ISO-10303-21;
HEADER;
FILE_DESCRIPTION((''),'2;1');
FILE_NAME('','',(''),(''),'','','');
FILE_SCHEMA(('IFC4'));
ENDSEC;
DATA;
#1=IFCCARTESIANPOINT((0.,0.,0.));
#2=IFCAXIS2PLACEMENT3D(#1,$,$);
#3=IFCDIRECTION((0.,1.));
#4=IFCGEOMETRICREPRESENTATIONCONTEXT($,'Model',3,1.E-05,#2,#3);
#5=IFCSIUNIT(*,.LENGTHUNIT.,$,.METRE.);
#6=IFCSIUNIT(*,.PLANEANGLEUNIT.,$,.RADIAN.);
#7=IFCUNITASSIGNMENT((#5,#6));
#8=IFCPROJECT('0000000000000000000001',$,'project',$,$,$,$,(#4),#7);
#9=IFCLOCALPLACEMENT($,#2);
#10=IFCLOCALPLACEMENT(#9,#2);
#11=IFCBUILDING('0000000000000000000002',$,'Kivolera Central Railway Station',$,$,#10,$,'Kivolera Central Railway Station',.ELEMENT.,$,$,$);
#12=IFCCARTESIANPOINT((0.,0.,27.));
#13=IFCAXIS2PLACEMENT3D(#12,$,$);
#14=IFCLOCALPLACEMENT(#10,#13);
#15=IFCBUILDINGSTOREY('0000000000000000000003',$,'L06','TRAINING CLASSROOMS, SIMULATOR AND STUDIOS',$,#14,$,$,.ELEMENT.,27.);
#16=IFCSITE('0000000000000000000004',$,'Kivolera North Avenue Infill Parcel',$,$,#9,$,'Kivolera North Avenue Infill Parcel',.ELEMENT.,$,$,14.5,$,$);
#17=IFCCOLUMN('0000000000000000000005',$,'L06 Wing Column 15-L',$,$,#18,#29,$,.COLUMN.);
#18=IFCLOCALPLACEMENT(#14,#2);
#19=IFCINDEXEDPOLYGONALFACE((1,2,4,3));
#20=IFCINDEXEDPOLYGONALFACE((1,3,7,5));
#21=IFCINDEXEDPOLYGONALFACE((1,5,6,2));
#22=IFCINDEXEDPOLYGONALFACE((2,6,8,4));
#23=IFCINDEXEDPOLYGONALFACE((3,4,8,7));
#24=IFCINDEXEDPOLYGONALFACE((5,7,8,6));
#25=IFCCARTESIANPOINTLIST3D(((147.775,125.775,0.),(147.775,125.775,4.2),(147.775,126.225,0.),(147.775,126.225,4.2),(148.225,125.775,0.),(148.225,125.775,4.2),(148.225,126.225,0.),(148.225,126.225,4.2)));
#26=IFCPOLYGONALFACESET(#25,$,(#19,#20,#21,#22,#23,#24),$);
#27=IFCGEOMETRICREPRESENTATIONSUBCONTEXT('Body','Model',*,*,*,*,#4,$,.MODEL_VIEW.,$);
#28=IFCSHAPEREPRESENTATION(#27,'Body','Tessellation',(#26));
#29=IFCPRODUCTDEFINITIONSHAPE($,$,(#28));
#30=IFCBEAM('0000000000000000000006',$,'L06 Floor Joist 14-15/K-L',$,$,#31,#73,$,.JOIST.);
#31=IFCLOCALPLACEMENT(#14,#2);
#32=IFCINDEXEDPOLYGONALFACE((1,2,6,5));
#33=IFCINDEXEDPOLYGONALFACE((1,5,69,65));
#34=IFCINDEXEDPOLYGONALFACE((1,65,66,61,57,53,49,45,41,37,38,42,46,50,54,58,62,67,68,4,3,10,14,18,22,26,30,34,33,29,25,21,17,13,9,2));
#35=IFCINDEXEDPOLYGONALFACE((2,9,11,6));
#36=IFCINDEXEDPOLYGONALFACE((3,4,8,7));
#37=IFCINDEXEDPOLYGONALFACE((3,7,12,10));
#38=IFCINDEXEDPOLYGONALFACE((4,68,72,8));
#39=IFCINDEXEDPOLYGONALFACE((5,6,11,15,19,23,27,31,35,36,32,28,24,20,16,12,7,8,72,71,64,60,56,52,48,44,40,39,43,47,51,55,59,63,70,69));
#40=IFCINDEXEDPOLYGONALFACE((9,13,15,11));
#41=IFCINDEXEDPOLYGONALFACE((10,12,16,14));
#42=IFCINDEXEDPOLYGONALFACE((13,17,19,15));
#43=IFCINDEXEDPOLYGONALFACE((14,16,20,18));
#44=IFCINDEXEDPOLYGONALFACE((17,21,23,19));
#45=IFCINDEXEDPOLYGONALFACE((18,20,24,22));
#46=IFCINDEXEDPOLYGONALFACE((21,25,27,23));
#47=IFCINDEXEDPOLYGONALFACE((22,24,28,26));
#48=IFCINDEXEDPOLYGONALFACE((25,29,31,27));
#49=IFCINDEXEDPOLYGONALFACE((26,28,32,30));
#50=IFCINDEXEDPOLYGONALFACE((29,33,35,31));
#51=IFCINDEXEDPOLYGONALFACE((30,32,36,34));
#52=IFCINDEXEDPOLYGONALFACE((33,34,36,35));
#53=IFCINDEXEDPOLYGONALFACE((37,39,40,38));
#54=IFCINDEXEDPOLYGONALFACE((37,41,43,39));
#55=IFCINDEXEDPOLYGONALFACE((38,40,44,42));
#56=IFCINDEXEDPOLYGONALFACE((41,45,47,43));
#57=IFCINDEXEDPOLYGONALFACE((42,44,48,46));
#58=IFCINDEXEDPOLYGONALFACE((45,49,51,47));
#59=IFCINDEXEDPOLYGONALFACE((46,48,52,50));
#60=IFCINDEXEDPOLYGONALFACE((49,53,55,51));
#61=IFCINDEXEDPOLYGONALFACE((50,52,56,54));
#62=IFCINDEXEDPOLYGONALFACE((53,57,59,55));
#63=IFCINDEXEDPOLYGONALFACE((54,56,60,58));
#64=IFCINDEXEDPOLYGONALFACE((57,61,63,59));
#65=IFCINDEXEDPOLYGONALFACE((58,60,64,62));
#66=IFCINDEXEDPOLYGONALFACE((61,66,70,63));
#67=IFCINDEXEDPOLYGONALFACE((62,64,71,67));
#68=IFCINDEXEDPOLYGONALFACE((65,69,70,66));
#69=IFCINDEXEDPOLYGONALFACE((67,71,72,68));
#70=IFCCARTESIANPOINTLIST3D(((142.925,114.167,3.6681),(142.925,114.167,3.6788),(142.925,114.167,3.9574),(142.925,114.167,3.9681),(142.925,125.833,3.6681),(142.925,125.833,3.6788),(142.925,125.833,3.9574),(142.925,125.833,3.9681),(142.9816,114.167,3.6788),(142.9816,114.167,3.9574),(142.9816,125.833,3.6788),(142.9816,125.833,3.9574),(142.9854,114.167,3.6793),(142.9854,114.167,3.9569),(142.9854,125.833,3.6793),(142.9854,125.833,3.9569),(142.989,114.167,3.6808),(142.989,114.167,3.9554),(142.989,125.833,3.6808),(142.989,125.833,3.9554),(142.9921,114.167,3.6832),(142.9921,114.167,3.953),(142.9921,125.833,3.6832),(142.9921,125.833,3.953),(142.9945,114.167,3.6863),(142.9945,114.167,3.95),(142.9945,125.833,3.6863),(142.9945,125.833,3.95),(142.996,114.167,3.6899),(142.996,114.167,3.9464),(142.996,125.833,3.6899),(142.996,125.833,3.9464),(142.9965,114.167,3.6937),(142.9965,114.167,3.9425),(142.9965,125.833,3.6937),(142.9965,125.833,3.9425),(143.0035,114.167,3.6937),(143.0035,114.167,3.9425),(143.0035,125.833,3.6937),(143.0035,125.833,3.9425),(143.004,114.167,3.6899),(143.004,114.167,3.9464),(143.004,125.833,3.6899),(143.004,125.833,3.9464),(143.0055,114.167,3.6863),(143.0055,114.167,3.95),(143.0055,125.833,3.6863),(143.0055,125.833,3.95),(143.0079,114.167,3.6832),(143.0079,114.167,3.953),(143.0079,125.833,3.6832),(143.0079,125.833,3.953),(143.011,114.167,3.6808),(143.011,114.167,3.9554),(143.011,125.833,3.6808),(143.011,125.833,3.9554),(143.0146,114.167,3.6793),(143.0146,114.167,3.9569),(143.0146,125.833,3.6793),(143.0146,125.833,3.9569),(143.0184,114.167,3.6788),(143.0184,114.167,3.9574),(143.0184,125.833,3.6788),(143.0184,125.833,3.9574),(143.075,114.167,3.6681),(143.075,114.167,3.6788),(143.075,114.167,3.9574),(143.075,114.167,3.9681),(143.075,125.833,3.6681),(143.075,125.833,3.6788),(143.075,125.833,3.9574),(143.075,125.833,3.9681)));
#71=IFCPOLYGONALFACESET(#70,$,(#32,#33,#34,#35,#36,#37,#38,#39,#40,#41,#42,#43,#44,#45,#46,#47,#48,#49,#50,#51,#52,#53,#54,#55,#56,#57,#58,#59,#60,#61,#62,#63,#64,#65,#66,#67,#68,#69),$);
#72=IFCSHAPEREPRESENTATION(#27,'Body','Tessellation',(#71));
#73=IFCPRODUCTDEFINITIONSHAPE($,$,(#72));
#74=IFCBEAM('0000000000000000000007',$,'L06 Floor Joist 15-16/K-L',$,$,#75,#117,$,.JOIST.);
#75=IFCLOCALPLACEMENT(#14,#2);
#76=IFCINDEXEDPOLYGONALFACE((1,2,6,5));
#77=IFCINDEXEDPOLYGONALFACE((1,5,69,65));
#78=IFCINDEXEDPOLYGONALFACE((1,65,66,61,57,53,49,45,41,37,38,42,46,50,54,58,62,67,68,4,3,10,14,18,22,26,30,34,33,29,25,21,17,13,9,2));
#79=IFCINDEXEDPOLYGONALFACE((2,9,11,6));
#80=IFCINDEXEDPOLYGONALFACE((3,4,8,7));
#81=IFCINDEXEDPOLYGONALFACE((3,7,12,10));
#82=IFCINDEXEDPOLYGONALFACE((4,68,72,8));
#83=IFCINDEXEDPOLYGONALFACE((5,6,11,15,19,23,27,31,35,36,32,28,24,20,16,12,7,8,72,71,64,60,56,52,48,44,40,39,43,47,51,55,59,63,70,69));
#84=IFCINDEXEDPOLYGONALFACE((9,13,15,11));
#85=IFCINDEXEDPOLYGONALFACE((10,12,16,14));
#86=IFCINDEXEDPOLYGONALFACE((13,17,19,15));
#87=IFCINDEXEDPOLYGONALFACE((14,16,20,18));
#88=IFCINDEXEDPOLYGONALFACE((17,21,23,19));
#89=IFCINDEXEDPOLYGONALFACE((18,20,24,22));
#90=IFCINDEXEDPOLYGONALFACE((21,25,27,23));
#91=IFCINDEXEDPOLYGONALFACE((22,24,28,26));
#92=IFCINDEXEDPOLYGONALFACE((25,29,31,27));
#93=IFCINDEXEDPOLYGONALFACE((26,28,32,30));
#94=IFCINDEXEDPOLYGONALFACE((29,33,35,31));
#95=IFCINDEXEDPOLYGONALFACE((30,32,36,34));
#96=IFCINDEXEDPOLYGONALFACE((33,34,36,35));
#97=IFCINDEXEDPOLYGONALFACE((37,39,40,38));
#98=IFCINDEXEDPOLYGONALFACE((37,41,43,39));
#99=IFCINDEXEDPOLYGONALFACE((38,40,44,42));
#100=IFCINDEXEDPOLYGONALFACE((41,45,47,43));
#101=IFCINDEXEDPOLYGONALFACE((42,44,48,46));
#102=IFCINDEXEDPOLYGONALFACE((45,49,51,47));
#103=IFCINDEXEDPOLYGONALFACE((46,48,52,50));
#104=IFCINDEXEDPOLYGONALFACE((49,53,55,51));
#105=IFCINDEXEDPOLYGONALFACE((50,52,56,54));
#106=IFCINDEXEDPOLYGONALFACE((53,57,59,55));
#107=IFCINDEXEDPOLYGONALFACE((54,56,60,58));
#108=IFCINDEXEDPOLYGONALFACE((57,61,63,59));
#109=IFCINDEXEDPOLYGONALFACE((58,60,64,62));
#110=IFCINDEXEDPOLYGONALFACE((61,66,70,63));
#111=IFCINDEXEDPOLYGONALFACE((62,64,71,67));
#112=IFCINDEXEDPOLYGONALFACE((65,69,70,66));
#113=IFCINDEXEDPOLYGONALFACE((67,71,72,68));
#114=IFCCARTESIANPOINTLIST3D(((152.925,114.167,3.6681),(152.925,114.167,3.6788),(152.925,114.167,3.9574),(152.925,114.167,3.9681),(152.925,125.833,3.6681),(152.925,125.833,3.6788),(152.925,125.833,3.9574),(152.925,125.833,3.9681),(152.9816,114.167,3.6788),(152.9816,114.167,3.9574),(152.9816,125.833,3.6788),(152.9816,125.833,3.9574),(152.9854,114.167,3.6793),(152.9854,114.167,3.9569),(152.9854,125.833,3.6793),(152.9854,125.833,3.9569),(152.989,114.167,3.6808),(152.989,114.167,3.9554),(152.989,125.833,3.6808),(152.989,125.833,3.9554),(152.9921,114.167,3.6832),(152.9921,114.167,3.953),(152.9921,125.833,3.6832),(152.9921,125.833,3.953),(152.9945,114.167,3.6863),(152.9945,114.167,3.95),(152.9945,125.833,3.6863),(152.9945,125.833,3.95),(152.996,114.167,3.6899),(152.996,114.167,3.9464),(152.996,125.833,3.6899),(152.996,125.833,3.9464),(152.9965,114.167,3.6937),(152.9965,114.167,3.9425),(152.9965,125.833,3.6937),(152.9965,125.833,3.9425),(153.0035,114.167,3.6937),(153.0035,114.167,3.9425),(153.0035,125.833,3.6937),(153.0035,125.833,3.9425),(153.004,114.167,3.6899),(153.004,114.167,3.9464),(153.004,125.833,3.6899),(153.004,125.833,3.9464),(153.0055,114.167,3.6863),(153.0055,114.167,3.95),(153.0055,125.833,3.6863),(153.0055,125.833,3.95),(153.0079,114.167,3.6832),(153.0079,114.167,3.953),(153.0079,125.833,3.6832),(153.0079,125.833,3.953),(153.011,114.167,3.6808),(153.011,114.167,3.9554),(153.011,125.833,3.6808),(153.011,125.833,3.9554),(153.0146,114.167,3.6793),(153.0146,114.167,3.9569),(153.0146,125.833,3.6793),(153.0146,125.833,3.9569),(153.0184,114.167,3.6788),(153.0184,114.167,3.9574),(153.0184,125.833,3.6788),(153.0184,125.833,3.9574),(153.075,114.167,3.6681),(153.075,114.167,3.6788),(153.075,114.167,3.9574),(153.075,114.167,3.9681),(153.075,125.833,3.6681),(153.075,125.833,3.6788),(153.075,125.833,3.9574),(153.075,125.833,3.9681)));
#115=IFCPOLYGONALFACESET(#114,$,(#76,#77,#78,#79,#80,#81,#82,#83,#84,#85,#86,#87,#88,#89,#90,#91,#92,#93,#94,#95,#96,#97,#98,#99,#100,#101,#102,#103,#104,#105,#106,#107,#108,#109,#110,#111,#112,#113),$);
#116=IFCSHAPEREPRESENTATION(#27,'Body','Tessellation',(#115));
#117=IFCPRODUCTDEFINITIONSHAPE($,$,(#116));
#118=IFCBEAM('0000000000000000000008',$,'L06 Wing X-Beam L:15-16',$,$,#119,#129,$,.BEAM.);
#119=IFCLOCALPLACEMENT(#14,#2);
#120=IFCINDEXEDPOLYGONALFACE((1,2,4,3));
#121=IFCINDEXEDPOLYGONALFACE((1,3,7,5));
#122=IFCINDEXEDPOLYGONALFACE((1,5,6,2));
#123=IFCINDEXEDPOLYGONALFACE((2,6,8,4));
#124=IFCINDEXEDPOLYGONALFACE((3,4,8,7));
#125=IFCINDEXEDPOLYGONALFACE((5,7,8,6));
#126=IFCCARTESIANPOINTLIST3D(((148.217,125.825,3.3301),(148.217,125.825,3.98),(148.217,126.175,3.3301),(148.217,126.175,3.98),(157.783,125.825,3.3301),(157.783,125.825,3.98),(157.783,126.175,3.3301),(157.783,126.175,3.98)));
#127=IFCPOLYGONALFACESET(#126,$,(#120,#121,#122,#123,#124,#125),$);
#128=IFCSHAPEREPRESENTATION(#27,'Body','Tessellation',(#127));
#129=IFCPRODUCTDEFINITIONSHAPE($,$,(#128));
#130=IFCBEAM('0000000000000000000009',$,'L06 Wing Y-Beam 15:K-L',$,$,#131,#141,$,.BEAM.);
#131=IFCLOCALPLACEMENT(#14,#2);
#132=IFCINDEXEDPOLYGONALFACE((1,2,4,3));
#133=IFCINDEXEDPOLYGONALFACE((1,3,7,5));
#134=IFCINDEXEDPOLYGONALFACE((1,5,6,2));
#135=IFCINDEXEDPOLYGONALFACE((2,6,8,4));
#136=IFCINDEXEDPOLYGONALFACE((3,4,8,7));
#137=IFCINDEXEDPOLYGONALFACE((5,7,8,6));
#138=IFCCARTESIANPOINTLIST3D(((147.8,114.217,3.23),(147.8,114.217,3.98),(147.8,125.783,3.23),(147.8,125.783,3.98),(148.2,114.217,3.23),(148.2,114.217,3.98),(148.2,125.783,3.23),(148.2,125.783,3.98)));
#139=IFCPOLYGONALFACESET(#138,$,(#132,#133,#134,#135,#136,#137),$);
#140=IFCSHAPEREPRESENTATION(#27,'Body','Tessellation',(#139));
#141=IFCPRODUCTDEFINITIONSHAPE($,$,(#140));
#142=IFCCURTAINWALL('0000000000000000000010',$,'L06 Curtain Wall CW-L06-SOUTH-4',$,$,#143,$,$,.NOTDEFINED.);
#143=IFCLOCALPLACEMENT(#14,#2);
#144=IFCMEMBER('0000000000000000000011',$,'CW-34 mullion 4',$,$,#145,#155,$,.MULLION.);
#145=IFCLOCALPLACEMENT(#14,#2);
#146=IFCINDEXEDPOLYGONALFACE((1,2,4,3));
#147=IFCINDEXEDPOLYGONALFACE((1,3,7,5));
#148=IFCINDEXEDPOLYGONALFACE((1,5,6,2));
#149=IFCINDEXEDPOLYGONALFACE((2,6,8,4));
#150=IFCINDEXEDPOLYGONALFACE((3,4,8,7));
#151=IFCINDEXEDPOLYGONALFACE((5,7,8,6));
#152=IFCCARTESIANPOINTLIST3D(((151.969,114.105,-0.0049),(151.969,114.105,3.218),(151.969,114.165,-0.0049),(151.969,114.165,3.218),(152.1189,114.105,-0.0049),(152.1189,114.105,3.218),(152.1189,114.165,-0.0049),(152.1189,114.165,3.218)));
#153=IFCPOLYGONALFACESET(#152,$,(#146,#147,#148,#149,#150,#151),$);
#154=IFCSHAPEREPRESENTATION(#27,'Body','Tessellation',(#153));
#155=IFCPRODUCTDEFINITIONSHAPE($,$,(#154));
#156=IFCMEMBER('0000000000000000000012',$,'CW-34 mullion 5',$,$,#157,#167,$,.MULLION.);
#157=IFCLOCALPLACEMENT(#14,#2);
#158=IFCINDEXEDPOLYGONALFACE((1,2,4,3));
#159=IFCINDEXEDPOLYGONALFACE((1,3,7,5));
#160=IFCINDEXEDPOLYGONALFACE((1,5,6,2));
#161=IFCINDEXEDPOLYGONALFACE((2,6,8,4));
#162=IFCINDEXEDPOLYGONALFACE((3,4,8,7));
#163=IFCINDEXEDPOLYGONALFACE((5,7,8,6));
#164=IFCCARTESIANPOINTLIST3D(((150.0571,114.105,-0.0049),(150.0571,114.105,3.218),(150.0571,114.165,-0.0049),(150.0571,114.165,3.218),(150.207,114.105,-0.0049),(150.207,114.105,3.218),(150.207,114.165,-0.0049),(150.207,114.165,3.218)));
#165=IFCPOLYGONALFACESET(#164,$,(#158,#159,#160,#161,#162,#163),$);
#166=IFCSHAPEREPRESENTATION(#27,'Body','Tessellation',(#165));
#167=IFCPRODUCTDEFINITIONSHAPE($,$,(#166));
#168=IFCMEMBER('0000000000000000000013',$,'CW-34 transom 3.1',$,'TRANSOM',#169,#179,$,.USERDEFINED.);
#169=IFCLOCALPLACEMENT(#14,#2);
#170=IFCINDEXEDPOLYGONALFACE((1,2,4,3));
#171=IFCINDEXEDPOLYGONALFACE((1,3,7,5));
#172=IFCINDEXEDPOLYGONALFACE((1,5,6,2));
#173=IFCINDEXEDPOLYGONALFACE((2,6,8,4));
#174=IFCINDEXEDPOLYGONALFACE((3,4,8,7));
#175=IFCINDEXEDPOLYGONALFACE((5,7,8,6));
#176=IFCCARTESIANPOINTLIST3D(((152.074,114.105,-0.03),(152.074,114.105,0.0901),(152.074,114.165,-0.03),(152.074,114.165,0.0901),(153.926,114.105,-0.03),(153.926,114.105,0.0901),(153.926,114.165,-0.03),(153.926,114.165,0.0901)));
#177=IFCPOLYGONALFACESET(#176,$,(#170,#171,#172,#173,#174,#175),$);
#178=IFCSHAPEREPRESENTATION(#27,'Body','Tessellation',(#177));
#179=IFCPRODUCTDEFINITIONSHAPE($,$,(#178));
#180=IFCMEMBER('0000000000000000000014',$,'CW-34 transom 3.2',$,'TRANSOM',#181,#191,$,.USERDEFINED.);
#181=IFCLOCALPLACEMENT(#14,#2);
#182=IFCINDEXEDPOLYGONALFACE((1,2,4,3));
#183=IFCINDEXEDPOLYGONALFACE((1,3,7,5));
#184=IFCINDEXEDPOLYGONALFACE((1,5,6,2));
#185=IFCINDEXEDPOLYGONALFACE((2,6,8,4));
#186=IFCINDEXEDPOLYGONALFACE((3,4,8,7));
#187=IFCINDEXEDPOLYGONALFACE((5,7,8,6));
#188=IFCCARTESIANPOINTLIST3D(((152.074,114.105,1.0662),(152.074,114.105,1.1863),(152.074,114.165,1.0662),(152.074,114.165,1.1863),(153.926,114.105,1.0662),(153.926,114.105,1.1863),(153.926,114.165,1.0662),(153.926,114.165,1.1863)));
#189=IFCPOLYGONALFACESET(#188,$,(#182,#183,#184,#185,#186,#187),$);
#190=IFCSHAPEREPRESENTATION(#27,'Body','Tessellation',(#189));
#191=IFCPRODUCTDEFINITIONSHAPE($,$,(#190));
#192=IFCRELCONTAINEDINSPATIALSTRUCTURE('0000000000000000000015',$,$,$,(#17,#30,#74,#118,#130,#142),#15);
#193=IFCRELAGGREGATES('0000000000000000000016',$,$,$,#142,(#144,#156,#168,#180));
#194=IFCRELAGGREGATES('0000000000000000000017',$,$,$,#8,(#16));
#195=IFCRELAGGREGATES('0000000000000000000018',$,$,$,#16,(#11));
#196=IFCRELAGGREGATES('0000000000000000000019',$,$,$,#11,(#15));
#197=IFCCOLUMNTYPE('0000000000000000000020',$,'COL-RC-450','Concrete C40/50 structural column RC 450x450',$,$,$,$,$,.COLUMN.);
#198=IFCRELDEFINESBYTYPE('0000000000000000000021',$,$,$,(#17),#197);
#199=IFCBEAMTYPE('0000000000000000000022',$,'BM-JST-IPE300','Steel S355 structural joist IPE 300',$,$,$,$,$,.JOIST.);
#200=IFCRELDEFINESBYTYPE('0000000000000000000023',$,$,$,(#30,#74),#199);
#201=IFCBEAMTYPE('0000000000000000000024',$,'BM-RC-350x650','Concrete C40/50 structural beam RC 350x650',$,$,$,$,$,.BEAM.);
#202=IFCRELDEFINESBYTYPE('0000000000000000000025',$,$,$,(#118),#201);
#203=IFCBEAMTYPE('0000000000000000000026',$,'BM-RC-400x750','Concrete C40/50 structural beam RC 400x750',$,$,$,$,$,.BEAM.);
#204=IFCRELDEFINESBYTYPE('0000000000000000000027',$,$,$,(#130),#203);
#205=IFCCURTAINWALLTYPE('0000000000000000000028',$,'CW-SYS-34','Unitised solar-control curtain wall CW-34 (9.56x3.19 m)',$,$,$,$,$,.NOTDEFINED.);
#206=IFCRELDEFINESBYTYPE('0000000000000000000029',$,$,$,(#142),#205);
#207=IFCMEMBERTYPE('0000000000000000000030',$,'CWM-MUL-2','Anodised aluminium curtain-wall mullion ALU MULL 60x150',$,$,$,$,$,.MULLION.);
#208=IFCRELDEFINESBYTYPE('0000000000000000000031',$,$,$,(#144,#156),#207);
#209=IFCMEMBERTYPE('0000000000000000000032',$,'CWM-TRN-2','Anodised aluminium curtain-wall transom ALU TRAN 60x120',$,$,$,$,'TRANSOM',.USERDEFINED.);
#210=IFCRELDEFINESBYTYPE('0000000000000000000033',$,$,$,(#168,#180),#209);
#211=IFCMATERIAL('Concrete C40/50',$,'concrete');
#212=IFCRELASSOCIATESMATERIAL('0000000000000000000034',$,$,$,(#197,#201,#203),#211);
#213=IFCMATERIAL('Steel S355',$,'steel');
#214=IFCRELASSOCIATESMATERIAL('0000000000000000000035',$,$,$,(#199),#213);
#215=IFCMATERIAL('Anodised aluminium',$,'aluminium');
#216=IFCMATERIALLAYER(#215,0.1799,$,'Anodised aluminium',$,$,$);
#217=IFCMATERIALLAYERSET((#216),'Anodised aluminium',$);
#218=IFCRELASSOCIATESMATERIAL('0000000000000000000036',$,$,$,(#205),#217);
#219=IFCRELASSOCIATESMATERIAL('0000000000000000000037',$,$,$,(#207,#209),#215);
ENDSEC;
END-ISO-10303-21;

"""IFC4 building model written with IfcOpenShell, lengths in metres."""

from ifc_helpers import new_model, si_unit, direction, frame, origin, origin_2d, place, context, subcontext, project, spatial, rectangle, i_section, extrude, material, layer, layer_set, material_profile, profile_set, type_object, element, aggregate, save


model = new_model("IFC4")

# Units and contexts
model_context = context("Model", 3, precision=1e-05, world=origin(), true_north=direction((0.0, 1.0)))
body_context = subcontext(model_context, "Body", "Model", "MODEL_VIEW")
ifc_project = project(units=[si_unit("LENGTHUNIT", "METRE"), si_unit("PLANEANGLEUNIT", "RADIAN")], contexts=[model_context])

# Site, building, storey
site_placement = place(None, origin())
site = spatial("IfcSite", under=ifc_project, at=site_placement, Name="Kivolera North Avenue Infill Parcel", LongName="Kivolera North Avenue Infill Parcel", CompositionType="ELEMENT", RefElevation=14.5)
building_placement = place(site_placement, origin())
building = spatial("IfcBuilding", under=site, at=building_placement, Name="Kivolera Central Railway Station", LongName="Kivolera Central Railway Station", CompositionType="ELEMENT")
storey_placement = place(building_placement, frame((0.0, 0.0, 27.0)))
storey = spatial("IfcBuildingStorey", under=building, at=storey_placement, Name="L06", Description="TRAINING CLASSROOMS, SIMULATOR AND STUDIOS", CompositionType="ELEMENT", Elevation=27.0)

# Column
ifc_material_1 = material(Name="Concrete C40/50", Category="concrete")
ifc_material_profile_1 = material_profile(ifc_material_1, rectangle(XDim=0.45, YDim=0.45, at=origin_2d()), Name="RC 450x450")
ifc_profile_set_1 = profile_set([ifc_material_profile_1], Name="Concrete C40/50")
column_type = type_object("IfcColumnType", Name="COL-RC-450", Description="Concrete C40/50 structural column RC 450x450", PredefinedType="COLUMN", material=ifc_profile_set_1)
column_placement = place(storey_placement, frame((148.0, 126.0, 0.0), z_axis=(0.0, 0.0, 1.0), x_axis=(1.0, 0.0, 0.0)))
element("IfcColumn", 1, at=column_placement, inside=storey, type_object=column_type, Name="L06 Wing Column 15-L", PredefinedType="COLUMN", context=body_context, shape_type="SweptSolid", body=[
    extrude(rectangle(XDim=0.45, YDim=0.45, at=origin_2d()), origin(), (0.0, 0.0, 1.0), 4.2),
])

# Beams
ifc_material_2 = material(Name="Steel S355", Category="steel")
ifc_material_profile_2 = material_profile(ifc_material_2, i_section(OverallWidth=0.1499, OverallDepth=0.3, WebThickness=0.0071, FlangeThickness=0.0107, FilletRadius=0.0149, at=origin_2d()), Name="IPE 300")
ifc_profile_set_2 = profile_set([ifc_material_profile_2], Name="Steel S355")
beam_type_1 = type_object("IfcBeamType", Name="BM-JST-IPE300", Description="Steel S355 structural joist IPE 300", PredefinedType="JOIST", material=ifc_profile_set_2)
for number, where, z_axis, x_axis, name in (
    (2, (143.0, 114.167, 3.8181), (0.0, 1.0, 0.0), (-1.0, 0.0, 0.0), "L06 Floor Joist 14-15/K-L"),
    (3, (153.0, 114.167, 3.8181), (0.0, 1.0, 0.0), (-1.0, 0.0, 0.0), "L06 Floor Joist 15-16/K-L"),
):
    element("IfcBeam", number, at=place(storey_placement, frame(where, z_axis=z_axis, x_axis=x_axis)), inside=storey, type_object=beam_type_1, Name=name, PredefinedType="JOIST", context=body_context, shape_type="SweptSolid", body=[
        extrude(i_section(OverallWidth=0.1499, OverallDepth=0.3, WebThickness=0.0071, FlangeThickness=0.0107, FilletRadius=0.0149, at=origin_2d()), origin(), (0.0, 0.0, 1.0), 11.666),
    ])
ifc_material_profile_3 = material_profile(ifc_material_1, rectangle(XDim=0.3501, YDim=0.6499, at=origin_2d()), Name="RC 350x650")
ifc_profile_set_3 = profile_set([ifc_material_profile_3], Name="Concrete C40/50")
beam_type_2 = type_object("IfcBeamType", Name="BM-RC-350x650", Description="Concrete C40/50 structural beam RC 350x650", PredefinedType="BEAM", material=ifc_profile_set_3)
beam_1_placement = place(storey_placement, frame((148.217, 126.0, 3.655), z_axis=(1.0, 0.0, 0.0), x_axis=(0.0, 1.0, 0.0)))
element("IfcBeam", 4, at=beam_1_placement, inside=storey, type_object=beam_type_2, Name="L06 Wing X-Beam L:15-16", PredefinedType="BEAM", context=body_context, shape_type="SweptSolid", body=[
    extrude(rectangle(XDim=0.3501, YDim=0.6499, at=origin_2d()), origin(), (0.0, 0.0, 1.0), 9.5659),
])
ifc_material_profile_4 = material_profile(ifc_material_1, rectangle(XDim=0.3999, YDim=0.75, at=origin_2d()), Name="RC 400x750")
ifc_profile_set_4 = profile_set([ifc_material_profile_4], Name="Concrete C40/50")
beam_type_3 = type_object("IfcBeamType", Name="BM-RC-400x750", Description="Concrete C40/50 structural beam RC 400x750", PredefinedType="BEAM", material=ifc_profile_set_4)
beam_2_placement = place(storey_placement, frame((148.0, 114.217, 3.605), z_axis=(0.0, 1.0, 0.0), x_axis=(-1.0, 0.0, 0.0)))
element("IfcBeam", 5, at=beam_2_placement, inside=storey, type_object=beam_type_3, Name="L06 Wing Y-Beam 15:K-L", PredefinedType="BEAM", context=body_context, shape_type="SweptSolid", body=[
    extrude(rectangle(XDim=0.3999, YDim=0.75, at=origin_2d()), origin(), (0.0, 0.0, 1.0), 11.5659),
])

# Curtain wall, members
ifc_material_3 = material(Name="Anodised aluminium", Category="aluminium")
ifc_layer_1 = layer(ifc_material_3, 0.1799, Name="Anodised aluminium")
ifc_layer_set_1 = layer_set([ifc_layer_1], Name="Anodised aluminium")
curtain_wall_type = type_object("IfcCurtainWallType", Name="CW-SYS-34", Description="Unitised solar-control curtain wall CW-34 (9.56x3.19 m)", PredefinedType="NOTDEFINED", material=ifc_layer_set_1)
curtain_wall_placement = place(storey_placement, origin())
curtain_wall = element("IfcCurtainWall", 6, at=curtain_wall_placement, inside=storey, type_object=curtain_wall_type, Name="L06 Curtain Wall CW-L06-SOUTH-4", PredefinedType="NOTDEFINED")
ifc_material_profile_5 = material_profile(ifc_material_3, rectangle(XDim=0.0601, YDim=0.1499, at=origin_2d()), Name="ALU MULL 60x150")
ifc_profile_set_5 = profile_set([ifc_material_profile_5], Name="Anodised aluminium")
member_type_1 = type_object("IfcMemberType", Name="CWM-MUL-2", Description="Anodised aluminium curtain-wall mullion ALU MULL 60x150", PredefinedType="MULLION", material=ifc_profile_set_5)
member_1_placement = place(storey_placement, frame((152.0439, 114.135, -0.0049), z_axis=(0.0, 0.0, 1.0), x_axis=(0.0, -1.0, 0.0)))
member_1 = element("IfcMember", 7, at=member_1_placement, type_object=member_type_1, Name="CW-34 mullion 4", PredefinedType="MULLION", context=body_context, shape_type="SweptSolid", body=[
    extrude(rectangle(XDim=0.0601, YDim=0.1499, at=origin_2d()), origin(), (0.0, 0.0, 1.0), 3.2229),
])
member_2_placement = place(storey_placement, frame((150.1321, 114.135, -0.0049), z_axis=(0.0, 0.0, 1.0), x_axis=(0.0, -1.0, 0.0)))
member_2 = element("IfcMember", 8, at=member_2_placement, type_object=member_type_1, Name="CW-34 mullion 5", PredefinedType="MULLION", context=body_context, shape_type="SweptSolid", body=[
    extrude(rectangle(XDim=0.0601, YDim=0.1499, at=origin_2d()), origin(), (0.0, 0.0, 1.0), 3.2229),
])
ifc_material_profile_6 = material_profile(ifc_material_3, rectangle(XDim=0.0601, YDim=0.1201, at=origin_2d()), Name="ALU TRAN 60x120")
ifc_profile_set_6 = profile_set([ifc_material_profile_6], Name="Anodised aluminium")
member_type_2 = type_object("IfcMemberType", Name="CWM-TRN-2", Description="Anodised aluminium curtain-wall transom ALU TRAN 60x120", ElementType="TRANSOM", PredefinedType="USERDEFINED", material=ifc_profile_set_6)
member_3_placement = place(storey_placement, frame((153.926, 114.135, 0.03), z_axis=(-1.0, 0.0, 0.0), x_axis=(0.0, -1.0, 0.0)))
member_3 = element("IfcMember", 9, at=member_3_placement, type_object=member_type_2, Name="CW-34 transom 3.1", ObjectType="TRANSOM", PredefinedType="USERDEFINED", context=body_context, shape_type="SweptSolid", body=[
    extrude(rectangle(XDim=0.0601, YDim=0.1201, at=origin_2d()), origin(), (0.0, 0.0, 1.0), 1.8521),
])
member_4_placement = place(storey_placement, frame((153.926, 114.135, 1.1262), z_axis=(-1.0, 0.0, 0.0), x_axis=(0.0, -1.0, 0.0)))
member_4 = element("IfcMember", 10, at=member_4_placement, type_object=member_type_2, Name="CW-34 transom 3.2", ObjectType="TRANSOM", PredefinedType="USERDEFINED", context=body_context, shape_type="SweptSolid", body=[
    extrude(rectangle(XDim=0.0601, YDim=0.1201, at=origin_2d()), origin(), (0.0, 0.0, 1.0), 1.8521),
])
aggregate(curtain_wall, [member_1, member_2, member_3, member_4])

save(model, "model.ifc")
